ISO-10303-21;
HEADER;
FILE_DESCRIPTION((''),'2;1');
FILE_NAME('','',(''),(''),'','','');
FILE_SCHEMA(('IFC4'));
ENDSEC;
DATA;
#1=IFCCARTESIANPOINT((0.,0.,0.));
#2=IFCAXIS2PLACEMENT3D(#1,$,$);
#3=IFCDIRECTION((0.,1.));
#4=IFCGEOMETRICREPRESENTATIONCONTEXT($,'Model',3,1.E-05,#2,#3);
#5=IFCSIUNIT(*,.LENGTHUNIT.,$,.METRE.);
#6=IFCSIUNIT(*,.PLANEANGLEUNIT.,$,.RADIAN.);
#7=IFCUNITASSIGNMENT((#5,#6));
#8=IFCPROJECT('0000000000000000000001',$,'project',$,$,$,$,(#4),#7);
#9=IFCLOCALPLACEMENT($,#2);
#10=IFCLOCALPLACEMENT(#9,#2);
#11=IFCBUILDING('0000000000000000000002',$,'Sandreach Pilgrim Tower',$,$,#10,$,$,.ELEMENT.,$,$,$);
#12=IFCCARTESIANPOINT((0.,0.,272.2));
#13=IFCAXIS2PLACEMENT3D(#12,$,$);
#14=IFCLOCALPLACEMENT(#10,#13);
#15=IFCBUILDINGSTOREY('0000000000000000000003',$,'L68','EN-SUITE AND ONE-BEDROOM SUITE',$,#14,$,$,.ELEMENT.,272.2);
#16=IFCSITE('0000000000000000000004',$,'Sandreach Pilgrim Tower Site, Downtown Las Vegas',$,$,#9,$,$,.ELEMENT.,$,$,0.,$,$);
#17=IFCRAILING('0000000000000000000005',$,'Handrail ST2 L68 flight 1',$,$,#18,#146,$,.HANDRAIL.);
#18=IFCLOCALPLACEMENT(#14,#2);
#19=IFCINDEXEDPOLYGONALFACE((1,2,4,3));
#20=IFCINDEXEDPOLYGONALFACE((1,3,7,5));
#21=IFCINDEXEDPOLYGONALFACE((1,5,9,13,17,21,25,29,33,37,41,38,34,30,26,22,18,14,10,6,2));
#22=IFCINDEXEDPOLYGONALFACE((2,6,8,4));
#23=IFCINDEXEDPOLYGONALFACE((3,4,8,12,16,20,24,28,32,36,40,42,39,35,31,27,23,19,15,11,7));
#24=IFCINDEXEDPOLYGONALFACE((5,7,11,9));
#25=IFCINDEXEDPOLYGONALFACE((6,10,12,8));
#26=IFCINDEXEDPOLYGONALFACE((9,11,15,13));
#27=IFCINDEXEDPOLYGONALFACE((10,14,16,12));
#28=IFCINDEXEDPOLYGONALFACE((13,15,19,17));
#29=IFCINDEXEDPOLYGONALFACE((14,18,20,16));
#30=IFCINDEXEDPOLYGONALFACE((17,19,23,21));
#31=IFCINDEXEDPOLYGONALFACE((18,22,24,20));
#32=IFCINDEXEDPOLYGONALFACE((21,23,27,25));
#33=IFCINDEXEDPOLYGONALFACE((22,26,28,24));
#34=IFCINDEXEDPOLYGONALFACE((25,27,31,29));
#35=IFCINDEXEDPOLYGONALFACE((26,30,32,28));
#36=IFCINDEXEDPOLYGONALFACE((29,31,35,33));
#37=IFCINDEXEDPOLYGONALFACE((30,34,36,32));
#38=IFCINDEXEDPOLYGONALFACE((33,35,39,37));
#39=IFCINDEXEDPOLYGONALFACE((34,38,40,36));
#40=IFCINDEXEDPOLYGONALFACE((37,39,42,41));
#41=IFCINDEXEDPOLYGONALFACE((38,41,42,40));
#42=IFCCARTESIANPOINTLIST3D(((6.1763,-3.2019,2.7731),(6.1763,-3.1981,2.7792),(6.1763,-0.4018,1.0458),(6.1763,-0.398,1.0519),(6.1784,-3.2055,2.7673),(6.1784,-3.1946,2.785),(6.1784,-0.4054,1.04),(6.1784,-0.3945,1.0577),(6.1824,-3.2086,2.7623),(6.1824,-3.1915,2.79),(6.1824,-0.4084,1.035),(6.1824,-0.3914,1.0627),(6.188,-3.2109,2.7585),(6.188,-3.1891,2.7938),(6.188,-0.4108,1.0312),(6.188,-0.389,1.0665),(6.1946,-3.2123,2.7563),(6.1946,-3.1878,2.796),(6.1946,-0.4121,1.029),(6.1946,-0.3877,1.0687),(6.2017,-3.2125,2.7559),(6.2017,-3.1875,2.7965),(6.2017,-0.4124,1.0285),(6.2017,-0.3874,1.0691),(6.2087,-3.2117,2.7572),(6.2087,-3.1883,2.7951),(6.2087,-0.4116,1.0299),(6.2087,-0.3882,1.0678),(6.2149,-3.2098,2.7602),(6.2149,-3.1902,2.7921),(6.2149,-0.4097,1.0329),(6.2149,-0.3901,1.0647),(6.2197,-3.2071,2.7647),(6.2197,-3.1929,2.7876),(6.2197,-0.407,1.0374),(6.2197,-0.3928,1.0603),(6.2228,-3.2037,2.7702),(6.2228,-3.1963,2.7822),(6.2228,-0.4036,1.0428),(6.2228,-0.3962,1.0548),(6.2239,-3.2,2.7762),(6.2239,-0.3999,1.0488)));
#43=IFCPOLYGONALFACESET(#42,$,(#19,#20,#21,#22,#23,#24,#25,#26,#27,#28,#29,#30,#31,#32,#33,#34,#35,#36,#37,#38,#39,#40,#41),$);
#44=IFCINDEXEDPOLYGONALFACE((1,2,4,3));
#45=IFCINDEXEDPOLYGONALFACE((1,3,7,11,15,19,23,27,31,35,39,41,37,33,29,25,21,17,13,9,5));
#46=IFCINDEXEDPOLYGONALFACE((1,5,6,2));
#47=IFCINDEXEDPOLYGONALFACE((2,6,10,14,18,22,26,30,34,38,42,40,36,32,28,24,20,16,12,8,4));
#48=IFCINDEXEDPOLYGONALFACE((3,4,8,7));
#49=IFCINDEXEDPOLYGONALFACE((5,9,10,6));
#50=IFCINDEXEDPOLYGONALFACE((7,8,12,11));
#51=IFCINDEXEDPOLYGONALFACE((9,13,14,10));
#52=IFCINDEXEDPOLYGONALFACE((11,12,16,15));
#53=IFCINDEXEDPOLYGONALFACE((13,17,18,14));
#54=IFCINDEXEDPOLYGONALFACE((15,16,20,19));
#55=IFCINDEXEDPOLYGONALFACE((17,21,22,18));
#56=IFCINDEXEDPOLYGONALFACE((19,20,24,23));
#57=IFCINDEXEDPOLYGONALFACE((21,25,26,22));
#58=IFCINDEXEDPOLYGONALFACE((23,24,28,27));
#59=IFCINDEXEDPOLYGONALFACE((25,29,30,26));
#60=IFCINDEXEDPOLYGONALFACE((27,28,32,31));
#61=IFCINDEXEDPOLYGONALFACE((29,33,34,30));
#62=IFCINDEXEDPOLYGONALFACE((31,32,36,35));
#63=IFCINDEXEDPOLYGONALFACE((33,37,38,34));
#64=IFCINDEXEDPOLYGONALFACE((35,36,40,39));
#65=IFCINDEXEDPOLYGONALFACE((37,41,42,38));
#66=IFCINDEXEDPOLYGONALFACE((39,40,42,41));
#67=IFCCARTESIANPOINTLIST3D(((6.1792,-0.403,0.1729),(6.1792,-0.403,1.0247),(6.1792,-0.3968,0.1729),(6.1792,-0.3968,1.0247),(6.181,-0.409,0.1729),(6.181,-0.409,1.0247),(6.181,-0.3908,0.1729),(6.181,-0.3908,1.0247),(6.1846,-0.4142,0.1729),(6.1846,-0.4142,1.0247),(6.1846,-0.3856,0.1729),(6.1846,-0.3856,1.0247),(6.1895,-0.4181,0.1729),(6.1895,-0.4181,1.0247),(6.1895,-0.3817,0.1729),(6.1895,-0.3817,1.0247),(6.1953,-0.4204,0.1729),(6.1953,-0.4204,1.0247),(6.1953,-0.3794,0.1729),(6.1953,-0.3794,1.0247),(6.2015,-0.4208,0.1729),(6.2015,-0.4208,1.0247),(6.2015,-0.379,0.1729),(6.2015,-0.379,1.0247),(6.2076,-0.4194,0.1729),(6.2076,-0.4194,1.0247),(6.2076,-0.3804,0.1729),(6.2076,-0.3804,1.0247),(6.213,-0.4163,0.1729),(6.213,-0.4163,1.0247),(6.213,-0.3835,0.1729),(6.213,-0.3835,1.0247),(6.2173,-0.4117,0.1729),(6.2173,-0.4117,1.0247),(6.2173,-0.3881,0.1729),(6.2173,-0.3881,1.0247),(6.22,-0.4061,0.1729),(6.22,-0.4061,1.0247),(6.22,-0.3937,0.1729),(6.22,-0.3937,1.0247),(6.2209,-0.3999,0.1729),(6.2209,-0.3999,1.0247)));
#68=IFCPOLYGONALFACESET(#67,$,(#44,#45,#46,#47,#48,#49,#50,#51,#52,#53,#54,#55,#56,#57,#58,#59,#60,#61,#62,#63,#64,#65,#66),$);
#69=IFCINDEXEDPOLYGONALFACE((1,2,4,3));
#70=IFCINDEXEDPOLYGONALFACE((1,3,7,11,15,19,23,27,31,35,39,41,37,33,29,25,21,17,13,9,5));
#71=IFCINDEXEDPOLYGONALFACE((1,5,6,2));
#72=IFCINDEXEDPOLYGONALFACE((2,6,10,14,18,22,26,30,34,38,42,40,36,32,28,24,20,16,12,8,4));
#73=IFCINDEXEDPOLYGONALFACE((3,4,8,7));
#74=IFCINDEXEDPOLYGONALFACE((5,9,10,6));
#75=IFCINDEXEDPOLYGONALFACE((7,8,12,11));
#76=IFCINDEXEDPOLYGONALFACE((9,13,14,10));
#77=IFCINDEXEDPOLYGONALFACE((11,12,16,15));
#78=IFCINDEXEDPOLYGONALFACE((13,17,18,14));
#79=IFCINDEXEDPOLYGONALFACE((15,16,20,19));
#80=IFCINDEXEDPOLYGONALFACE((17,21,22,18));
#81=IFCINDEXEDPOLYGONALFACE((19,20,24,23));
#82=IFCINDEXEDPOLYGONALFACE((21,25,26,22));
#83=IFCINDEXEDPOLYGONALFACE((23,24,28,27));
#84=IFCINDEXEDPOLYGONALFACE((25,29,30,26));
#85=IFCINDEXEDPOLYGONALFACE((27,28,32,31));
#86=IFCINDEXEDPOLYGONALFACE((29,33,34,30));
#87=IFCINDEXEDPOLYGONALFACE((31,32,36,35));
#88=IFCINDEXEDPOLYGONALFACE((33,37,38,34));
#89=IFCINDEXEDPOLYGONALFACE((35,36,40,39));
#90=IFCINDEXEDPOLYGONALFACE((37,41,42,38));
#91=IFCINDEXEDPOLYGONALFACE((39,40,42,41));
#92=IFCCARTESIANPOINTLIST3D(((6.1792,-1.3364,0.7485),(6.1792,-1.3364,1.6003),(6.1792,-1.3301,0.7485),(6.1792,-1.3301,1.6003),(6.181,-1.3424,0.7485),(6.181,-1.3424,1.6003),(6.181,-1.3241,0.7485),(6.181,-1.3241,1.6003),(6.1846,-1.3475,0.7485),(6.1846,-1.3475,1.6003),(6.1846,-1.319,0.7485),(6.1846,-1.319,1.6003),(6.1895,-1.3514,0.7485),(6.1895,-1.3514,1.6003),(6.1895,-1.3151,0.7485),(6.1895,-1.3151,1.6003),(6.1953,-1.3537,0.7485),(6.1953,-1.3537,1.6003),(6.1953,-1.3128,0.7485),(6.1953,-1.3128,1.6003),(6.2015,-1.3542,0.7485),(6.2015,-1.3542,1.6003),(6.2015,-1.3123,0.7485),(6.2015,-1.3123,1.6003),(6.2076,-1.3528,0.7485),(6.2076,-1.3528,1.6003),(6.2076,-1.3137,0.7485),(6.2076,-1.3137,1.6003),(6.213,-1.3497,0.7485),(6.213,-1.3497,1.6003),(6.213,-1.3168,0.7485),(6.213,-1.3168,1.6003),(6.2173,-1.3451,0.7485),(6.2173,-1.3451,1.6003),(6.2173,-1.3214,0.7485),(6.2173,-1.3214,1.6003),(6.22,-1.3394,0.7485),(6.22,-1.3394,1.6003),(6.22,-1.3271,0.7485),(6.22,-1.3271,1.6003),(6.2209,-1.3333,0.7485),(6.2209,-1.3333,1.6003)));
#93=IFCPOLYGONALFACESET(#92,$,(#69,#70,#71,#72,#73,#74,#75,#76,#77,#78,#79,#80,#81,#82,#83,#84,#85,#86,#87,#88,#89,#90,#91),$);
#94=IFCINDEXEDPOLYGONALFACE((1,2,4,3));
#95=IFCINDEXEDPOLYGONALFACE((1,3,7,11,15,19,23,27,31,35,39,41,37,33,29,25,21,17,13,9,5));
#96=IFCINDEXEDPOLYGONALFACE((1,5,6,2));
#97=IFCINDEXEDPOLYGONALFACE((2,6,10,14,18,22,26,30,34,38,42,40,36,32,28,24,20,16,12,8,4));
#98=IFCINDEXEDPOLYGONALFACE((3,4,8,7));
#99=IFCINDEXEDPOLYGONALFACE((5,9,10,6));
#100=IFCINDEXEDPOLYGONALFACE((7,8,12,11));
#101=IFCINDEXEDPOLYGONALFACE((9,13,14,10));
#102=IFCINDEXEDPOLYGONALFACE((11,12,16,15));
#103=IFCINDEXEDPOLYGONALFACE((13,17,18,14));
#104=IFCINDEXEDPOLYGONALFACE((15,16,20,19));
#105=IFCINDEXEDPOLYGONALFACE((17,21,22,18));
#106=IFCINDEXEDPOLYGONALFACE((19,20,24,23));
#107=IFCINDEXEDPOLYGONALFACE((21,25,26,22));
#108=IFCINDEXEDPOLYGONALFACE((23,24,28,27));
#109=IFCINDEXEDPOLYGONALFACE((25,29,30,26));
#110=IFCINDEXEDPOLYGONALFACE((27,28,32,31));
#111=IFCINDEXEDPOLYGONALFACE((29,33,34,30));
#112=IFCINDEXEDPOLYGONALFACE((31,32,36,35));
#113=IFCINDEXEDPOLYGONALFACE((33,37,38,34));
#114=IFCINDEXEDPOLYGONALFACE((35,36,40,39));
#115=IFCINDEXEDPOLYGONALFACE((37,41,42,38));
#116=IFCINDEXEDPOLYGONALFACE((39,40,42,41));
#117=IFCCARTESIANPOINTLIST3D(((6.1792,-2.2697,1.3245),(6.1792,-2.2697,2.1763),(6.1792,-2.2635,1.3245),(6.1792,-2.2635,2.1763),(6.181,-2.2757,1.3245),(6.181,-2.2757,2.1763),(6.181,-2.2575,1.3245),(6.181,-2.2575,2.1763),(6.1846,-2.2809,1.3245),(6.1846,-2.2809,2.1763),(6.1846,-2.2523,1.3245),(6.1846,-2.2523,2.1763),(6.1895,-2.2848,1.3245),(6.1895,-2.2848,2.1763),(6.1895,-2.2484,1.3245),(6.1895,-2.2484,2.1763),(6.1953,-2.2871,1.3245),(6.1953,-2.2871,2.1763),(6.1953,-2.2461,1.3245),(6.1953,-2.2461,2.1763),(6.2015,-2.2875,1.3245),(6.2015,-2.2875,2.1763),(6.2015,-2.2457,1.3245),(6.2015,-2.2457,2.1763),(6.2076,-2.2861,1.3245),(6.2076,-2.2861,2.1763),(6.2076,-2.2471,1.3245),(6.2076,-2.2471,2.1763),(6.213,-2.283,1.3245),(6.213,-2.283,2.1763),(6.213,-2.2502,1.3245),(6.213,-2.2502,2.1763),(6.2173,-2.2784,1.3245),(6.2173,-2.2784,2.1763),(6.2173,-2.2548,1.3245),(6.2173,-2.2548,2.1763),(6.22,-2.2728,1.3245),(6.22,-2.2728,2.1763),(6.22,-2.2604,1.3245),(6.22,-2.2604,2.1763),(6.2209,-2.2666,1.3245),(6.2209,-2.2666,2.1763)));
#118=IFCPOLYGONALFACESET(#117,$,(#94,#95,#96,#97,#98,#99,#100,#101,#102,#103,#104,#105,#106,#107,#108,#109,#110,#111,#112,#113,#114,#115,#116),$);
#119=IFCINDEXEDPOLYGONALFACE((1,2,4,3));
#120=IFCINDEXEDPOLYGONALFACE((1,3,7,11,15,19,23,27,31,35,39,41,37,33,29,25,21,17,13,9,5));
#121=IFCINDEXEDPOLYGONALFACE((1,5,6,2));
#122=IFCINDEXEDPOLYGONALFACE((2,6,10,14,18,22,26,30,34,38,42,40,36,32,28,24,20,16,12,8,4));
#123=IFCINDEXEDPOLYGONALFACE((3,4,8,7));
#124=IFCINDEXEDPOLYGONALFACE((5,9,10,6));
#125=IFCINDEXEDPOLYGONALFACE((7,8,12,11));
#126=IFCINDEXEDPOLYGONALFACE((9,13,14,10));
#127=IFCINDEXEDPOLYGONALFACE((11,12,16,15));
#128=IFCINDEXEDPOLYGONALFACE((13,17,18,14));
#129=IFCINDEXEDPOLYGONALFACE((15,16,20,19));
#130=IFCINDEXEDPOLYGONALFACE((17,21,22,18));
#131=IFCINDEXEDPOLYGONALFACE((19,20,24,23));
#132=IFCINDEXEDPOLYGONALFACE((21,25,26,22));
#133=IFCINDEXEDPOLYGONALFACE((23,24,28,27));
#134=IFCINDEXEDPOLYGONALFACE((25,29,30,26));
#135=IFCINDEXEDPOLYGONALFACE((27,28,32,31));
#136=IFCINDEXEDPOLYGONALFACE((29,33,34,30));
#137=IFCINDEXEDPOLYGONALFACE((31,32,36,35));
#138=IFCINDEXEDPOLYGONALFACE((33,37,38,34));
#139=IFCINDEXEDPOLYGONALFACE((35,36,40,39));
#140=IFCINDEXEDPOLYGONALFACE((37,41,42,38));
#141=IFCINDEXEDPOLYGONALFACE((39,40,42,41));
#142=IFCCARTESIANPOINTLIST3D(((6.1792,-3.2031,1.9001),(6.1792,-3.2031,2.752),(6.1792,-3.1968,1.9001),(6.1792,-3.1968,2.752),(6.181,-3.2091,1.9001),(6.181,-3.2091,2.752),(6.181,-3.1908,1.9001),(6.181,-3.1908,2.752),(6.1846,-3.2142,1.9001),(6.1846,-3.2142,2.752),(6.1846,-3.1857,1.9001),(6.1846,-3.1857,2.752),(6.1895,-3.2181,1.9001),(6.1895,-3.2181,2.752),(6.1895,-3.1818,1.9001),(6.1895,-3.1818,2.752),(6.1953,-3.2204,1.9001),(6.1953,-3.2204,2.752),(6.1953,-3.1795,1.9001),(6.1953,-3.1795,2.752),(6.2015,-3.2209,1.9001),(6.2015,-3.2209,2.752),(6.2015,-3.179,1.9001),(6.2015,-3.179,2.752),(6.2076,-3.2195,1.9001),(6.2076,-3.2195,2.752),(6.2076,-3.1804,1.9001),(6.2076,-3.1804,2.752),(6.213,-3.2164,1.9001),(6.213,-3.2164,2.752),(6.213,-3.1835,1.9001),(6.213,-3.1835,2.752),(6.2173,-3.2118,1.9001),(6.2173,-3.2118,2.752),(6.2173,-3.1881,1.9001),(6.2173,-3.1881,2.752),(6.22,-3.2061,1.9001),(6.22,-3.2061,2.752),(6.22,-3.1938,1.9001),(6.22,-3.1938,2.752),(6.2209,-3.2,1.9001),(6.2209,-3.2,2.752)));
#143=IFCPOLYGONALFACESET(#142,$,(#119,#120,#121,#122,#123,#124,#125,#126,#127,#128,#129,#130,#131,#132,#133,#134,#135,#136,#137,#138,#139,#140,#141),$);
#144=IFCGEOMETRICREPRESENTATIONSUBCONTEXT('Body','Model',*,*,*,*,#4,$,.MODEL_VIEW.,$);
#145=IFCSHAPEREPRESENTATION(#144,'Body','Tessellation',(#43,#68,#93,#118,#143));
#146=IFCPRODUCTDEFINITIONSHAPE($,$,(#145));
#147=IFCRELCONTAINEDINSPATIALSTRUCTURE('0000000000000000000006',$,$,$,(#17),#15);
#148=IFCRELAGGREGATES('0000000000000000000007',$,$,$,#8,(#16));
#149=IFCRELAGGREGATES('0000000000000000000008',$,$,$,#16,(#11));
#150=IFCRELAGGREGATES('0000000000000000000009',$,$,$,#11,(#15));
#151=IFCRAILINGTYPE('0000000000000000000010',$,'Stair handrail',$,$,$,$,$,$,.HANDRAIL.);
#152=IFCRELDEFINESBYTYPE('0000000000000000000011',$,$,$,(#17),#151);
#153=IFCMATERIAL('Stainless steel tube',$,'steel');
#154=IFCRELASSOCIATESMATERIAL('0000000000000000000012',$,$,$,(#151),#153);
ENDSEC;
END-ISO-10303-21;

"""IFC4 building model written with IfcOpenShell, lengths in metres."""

from ifc_helpers import new_model, si_unit, direction, frame, origin, origin_2d, place, context, subcontext, project, spatial, circle, extrude, material, type_object, element, save


model = new_model("IFC4")

# Units and contexts
model_context = context("Model", 3, precision=1e-05, world=origin(), true_north=direction((0.0, 1.0)))
body_context = subcontext(model_context, "Body", "Model", "MODEL_VIEW")
ifc_project = project(units=[si_unit("LENGTHUNIT", "METRE"), si_unit("PLANEANGLEUNIT", "RADIAN")], contexts=[model_context])

# Site, building, storey
site_placement = place(None, origin())
site = spatial("IfcSite", under=ifc_project, at=site_placement, Name="Sandreach Pilgrim Tower Site, Downtown Las Vegas", CompositionType="ELEMENT", RefElevation=0.0)
building_placement = place(site_placement, origin())
building = spatial("IfcBuilding", under=site, at=building_placement, Name="Sandreach Pilgrim Tower", CompositionType="ELEMENT")
storey_placement = place(building_placement, frame((0.0, 0.0, 272.2)))
storey = spatial("IfcBuildingStorey", under=building, at=storey_placement, Name="L68", Description="EN-SUITE AND ONE-BEDROOM SUITE", CompositionType="ELEMENT", Elevation=272.2)

# Railing
ifc_material_1 = material(Name="Stainless steel tube", Category="steel")
railing_type = type_object("IfcRailingType", Name="Stair handrail", PredefinedType="HANDRAIL", material=ifc_material_1)
for number, where, name in (
    (1, (6.2, -0.3999, 0.1729), "Handrail ST2 L68 flight 1"),
):
    element("IfcRailing", number, at=place(storey_placement, frame(where)), inside=storey, type_object=railing_type, Name=name, PredefinedType="HANDRAIL", context=body_context, shape_type="SweptSolid", body=[
        extrude(circle(Radius=0.0239, at=origin_2d()), frame((0.0, 0.0, 0.876), z_axis=(0.0, -0.85109, 0.52502), x_axis=(1.0, 0.0, 0.0)), (0.0, 0.0, 1.0), 3.29),
        extrude(circle(Radius=0.021, at=origin_2d()), origin(), (0.0, 0.0, 1.0), 0.8518),
        extrude(circle(Radius=0.021, at=origin_2d()), frame((0.0, -0.9333, 0.5757)), (0.0, 0.0, 1.0), 0.8518),
        extrude(circle(Radius=0.021, at=origin_2d()), frame((0.0, -1.8667, 1.1516)), (0.0, 0.0, 1.0), 0.8518),
        extrude(circle(Radius=0.021, at=origin_2d()), frame((0.0, -2.8, 1.7273)), (0.0, 0.0, 1.0), 0.8518),
    ])

save(model, "model.ifc")
